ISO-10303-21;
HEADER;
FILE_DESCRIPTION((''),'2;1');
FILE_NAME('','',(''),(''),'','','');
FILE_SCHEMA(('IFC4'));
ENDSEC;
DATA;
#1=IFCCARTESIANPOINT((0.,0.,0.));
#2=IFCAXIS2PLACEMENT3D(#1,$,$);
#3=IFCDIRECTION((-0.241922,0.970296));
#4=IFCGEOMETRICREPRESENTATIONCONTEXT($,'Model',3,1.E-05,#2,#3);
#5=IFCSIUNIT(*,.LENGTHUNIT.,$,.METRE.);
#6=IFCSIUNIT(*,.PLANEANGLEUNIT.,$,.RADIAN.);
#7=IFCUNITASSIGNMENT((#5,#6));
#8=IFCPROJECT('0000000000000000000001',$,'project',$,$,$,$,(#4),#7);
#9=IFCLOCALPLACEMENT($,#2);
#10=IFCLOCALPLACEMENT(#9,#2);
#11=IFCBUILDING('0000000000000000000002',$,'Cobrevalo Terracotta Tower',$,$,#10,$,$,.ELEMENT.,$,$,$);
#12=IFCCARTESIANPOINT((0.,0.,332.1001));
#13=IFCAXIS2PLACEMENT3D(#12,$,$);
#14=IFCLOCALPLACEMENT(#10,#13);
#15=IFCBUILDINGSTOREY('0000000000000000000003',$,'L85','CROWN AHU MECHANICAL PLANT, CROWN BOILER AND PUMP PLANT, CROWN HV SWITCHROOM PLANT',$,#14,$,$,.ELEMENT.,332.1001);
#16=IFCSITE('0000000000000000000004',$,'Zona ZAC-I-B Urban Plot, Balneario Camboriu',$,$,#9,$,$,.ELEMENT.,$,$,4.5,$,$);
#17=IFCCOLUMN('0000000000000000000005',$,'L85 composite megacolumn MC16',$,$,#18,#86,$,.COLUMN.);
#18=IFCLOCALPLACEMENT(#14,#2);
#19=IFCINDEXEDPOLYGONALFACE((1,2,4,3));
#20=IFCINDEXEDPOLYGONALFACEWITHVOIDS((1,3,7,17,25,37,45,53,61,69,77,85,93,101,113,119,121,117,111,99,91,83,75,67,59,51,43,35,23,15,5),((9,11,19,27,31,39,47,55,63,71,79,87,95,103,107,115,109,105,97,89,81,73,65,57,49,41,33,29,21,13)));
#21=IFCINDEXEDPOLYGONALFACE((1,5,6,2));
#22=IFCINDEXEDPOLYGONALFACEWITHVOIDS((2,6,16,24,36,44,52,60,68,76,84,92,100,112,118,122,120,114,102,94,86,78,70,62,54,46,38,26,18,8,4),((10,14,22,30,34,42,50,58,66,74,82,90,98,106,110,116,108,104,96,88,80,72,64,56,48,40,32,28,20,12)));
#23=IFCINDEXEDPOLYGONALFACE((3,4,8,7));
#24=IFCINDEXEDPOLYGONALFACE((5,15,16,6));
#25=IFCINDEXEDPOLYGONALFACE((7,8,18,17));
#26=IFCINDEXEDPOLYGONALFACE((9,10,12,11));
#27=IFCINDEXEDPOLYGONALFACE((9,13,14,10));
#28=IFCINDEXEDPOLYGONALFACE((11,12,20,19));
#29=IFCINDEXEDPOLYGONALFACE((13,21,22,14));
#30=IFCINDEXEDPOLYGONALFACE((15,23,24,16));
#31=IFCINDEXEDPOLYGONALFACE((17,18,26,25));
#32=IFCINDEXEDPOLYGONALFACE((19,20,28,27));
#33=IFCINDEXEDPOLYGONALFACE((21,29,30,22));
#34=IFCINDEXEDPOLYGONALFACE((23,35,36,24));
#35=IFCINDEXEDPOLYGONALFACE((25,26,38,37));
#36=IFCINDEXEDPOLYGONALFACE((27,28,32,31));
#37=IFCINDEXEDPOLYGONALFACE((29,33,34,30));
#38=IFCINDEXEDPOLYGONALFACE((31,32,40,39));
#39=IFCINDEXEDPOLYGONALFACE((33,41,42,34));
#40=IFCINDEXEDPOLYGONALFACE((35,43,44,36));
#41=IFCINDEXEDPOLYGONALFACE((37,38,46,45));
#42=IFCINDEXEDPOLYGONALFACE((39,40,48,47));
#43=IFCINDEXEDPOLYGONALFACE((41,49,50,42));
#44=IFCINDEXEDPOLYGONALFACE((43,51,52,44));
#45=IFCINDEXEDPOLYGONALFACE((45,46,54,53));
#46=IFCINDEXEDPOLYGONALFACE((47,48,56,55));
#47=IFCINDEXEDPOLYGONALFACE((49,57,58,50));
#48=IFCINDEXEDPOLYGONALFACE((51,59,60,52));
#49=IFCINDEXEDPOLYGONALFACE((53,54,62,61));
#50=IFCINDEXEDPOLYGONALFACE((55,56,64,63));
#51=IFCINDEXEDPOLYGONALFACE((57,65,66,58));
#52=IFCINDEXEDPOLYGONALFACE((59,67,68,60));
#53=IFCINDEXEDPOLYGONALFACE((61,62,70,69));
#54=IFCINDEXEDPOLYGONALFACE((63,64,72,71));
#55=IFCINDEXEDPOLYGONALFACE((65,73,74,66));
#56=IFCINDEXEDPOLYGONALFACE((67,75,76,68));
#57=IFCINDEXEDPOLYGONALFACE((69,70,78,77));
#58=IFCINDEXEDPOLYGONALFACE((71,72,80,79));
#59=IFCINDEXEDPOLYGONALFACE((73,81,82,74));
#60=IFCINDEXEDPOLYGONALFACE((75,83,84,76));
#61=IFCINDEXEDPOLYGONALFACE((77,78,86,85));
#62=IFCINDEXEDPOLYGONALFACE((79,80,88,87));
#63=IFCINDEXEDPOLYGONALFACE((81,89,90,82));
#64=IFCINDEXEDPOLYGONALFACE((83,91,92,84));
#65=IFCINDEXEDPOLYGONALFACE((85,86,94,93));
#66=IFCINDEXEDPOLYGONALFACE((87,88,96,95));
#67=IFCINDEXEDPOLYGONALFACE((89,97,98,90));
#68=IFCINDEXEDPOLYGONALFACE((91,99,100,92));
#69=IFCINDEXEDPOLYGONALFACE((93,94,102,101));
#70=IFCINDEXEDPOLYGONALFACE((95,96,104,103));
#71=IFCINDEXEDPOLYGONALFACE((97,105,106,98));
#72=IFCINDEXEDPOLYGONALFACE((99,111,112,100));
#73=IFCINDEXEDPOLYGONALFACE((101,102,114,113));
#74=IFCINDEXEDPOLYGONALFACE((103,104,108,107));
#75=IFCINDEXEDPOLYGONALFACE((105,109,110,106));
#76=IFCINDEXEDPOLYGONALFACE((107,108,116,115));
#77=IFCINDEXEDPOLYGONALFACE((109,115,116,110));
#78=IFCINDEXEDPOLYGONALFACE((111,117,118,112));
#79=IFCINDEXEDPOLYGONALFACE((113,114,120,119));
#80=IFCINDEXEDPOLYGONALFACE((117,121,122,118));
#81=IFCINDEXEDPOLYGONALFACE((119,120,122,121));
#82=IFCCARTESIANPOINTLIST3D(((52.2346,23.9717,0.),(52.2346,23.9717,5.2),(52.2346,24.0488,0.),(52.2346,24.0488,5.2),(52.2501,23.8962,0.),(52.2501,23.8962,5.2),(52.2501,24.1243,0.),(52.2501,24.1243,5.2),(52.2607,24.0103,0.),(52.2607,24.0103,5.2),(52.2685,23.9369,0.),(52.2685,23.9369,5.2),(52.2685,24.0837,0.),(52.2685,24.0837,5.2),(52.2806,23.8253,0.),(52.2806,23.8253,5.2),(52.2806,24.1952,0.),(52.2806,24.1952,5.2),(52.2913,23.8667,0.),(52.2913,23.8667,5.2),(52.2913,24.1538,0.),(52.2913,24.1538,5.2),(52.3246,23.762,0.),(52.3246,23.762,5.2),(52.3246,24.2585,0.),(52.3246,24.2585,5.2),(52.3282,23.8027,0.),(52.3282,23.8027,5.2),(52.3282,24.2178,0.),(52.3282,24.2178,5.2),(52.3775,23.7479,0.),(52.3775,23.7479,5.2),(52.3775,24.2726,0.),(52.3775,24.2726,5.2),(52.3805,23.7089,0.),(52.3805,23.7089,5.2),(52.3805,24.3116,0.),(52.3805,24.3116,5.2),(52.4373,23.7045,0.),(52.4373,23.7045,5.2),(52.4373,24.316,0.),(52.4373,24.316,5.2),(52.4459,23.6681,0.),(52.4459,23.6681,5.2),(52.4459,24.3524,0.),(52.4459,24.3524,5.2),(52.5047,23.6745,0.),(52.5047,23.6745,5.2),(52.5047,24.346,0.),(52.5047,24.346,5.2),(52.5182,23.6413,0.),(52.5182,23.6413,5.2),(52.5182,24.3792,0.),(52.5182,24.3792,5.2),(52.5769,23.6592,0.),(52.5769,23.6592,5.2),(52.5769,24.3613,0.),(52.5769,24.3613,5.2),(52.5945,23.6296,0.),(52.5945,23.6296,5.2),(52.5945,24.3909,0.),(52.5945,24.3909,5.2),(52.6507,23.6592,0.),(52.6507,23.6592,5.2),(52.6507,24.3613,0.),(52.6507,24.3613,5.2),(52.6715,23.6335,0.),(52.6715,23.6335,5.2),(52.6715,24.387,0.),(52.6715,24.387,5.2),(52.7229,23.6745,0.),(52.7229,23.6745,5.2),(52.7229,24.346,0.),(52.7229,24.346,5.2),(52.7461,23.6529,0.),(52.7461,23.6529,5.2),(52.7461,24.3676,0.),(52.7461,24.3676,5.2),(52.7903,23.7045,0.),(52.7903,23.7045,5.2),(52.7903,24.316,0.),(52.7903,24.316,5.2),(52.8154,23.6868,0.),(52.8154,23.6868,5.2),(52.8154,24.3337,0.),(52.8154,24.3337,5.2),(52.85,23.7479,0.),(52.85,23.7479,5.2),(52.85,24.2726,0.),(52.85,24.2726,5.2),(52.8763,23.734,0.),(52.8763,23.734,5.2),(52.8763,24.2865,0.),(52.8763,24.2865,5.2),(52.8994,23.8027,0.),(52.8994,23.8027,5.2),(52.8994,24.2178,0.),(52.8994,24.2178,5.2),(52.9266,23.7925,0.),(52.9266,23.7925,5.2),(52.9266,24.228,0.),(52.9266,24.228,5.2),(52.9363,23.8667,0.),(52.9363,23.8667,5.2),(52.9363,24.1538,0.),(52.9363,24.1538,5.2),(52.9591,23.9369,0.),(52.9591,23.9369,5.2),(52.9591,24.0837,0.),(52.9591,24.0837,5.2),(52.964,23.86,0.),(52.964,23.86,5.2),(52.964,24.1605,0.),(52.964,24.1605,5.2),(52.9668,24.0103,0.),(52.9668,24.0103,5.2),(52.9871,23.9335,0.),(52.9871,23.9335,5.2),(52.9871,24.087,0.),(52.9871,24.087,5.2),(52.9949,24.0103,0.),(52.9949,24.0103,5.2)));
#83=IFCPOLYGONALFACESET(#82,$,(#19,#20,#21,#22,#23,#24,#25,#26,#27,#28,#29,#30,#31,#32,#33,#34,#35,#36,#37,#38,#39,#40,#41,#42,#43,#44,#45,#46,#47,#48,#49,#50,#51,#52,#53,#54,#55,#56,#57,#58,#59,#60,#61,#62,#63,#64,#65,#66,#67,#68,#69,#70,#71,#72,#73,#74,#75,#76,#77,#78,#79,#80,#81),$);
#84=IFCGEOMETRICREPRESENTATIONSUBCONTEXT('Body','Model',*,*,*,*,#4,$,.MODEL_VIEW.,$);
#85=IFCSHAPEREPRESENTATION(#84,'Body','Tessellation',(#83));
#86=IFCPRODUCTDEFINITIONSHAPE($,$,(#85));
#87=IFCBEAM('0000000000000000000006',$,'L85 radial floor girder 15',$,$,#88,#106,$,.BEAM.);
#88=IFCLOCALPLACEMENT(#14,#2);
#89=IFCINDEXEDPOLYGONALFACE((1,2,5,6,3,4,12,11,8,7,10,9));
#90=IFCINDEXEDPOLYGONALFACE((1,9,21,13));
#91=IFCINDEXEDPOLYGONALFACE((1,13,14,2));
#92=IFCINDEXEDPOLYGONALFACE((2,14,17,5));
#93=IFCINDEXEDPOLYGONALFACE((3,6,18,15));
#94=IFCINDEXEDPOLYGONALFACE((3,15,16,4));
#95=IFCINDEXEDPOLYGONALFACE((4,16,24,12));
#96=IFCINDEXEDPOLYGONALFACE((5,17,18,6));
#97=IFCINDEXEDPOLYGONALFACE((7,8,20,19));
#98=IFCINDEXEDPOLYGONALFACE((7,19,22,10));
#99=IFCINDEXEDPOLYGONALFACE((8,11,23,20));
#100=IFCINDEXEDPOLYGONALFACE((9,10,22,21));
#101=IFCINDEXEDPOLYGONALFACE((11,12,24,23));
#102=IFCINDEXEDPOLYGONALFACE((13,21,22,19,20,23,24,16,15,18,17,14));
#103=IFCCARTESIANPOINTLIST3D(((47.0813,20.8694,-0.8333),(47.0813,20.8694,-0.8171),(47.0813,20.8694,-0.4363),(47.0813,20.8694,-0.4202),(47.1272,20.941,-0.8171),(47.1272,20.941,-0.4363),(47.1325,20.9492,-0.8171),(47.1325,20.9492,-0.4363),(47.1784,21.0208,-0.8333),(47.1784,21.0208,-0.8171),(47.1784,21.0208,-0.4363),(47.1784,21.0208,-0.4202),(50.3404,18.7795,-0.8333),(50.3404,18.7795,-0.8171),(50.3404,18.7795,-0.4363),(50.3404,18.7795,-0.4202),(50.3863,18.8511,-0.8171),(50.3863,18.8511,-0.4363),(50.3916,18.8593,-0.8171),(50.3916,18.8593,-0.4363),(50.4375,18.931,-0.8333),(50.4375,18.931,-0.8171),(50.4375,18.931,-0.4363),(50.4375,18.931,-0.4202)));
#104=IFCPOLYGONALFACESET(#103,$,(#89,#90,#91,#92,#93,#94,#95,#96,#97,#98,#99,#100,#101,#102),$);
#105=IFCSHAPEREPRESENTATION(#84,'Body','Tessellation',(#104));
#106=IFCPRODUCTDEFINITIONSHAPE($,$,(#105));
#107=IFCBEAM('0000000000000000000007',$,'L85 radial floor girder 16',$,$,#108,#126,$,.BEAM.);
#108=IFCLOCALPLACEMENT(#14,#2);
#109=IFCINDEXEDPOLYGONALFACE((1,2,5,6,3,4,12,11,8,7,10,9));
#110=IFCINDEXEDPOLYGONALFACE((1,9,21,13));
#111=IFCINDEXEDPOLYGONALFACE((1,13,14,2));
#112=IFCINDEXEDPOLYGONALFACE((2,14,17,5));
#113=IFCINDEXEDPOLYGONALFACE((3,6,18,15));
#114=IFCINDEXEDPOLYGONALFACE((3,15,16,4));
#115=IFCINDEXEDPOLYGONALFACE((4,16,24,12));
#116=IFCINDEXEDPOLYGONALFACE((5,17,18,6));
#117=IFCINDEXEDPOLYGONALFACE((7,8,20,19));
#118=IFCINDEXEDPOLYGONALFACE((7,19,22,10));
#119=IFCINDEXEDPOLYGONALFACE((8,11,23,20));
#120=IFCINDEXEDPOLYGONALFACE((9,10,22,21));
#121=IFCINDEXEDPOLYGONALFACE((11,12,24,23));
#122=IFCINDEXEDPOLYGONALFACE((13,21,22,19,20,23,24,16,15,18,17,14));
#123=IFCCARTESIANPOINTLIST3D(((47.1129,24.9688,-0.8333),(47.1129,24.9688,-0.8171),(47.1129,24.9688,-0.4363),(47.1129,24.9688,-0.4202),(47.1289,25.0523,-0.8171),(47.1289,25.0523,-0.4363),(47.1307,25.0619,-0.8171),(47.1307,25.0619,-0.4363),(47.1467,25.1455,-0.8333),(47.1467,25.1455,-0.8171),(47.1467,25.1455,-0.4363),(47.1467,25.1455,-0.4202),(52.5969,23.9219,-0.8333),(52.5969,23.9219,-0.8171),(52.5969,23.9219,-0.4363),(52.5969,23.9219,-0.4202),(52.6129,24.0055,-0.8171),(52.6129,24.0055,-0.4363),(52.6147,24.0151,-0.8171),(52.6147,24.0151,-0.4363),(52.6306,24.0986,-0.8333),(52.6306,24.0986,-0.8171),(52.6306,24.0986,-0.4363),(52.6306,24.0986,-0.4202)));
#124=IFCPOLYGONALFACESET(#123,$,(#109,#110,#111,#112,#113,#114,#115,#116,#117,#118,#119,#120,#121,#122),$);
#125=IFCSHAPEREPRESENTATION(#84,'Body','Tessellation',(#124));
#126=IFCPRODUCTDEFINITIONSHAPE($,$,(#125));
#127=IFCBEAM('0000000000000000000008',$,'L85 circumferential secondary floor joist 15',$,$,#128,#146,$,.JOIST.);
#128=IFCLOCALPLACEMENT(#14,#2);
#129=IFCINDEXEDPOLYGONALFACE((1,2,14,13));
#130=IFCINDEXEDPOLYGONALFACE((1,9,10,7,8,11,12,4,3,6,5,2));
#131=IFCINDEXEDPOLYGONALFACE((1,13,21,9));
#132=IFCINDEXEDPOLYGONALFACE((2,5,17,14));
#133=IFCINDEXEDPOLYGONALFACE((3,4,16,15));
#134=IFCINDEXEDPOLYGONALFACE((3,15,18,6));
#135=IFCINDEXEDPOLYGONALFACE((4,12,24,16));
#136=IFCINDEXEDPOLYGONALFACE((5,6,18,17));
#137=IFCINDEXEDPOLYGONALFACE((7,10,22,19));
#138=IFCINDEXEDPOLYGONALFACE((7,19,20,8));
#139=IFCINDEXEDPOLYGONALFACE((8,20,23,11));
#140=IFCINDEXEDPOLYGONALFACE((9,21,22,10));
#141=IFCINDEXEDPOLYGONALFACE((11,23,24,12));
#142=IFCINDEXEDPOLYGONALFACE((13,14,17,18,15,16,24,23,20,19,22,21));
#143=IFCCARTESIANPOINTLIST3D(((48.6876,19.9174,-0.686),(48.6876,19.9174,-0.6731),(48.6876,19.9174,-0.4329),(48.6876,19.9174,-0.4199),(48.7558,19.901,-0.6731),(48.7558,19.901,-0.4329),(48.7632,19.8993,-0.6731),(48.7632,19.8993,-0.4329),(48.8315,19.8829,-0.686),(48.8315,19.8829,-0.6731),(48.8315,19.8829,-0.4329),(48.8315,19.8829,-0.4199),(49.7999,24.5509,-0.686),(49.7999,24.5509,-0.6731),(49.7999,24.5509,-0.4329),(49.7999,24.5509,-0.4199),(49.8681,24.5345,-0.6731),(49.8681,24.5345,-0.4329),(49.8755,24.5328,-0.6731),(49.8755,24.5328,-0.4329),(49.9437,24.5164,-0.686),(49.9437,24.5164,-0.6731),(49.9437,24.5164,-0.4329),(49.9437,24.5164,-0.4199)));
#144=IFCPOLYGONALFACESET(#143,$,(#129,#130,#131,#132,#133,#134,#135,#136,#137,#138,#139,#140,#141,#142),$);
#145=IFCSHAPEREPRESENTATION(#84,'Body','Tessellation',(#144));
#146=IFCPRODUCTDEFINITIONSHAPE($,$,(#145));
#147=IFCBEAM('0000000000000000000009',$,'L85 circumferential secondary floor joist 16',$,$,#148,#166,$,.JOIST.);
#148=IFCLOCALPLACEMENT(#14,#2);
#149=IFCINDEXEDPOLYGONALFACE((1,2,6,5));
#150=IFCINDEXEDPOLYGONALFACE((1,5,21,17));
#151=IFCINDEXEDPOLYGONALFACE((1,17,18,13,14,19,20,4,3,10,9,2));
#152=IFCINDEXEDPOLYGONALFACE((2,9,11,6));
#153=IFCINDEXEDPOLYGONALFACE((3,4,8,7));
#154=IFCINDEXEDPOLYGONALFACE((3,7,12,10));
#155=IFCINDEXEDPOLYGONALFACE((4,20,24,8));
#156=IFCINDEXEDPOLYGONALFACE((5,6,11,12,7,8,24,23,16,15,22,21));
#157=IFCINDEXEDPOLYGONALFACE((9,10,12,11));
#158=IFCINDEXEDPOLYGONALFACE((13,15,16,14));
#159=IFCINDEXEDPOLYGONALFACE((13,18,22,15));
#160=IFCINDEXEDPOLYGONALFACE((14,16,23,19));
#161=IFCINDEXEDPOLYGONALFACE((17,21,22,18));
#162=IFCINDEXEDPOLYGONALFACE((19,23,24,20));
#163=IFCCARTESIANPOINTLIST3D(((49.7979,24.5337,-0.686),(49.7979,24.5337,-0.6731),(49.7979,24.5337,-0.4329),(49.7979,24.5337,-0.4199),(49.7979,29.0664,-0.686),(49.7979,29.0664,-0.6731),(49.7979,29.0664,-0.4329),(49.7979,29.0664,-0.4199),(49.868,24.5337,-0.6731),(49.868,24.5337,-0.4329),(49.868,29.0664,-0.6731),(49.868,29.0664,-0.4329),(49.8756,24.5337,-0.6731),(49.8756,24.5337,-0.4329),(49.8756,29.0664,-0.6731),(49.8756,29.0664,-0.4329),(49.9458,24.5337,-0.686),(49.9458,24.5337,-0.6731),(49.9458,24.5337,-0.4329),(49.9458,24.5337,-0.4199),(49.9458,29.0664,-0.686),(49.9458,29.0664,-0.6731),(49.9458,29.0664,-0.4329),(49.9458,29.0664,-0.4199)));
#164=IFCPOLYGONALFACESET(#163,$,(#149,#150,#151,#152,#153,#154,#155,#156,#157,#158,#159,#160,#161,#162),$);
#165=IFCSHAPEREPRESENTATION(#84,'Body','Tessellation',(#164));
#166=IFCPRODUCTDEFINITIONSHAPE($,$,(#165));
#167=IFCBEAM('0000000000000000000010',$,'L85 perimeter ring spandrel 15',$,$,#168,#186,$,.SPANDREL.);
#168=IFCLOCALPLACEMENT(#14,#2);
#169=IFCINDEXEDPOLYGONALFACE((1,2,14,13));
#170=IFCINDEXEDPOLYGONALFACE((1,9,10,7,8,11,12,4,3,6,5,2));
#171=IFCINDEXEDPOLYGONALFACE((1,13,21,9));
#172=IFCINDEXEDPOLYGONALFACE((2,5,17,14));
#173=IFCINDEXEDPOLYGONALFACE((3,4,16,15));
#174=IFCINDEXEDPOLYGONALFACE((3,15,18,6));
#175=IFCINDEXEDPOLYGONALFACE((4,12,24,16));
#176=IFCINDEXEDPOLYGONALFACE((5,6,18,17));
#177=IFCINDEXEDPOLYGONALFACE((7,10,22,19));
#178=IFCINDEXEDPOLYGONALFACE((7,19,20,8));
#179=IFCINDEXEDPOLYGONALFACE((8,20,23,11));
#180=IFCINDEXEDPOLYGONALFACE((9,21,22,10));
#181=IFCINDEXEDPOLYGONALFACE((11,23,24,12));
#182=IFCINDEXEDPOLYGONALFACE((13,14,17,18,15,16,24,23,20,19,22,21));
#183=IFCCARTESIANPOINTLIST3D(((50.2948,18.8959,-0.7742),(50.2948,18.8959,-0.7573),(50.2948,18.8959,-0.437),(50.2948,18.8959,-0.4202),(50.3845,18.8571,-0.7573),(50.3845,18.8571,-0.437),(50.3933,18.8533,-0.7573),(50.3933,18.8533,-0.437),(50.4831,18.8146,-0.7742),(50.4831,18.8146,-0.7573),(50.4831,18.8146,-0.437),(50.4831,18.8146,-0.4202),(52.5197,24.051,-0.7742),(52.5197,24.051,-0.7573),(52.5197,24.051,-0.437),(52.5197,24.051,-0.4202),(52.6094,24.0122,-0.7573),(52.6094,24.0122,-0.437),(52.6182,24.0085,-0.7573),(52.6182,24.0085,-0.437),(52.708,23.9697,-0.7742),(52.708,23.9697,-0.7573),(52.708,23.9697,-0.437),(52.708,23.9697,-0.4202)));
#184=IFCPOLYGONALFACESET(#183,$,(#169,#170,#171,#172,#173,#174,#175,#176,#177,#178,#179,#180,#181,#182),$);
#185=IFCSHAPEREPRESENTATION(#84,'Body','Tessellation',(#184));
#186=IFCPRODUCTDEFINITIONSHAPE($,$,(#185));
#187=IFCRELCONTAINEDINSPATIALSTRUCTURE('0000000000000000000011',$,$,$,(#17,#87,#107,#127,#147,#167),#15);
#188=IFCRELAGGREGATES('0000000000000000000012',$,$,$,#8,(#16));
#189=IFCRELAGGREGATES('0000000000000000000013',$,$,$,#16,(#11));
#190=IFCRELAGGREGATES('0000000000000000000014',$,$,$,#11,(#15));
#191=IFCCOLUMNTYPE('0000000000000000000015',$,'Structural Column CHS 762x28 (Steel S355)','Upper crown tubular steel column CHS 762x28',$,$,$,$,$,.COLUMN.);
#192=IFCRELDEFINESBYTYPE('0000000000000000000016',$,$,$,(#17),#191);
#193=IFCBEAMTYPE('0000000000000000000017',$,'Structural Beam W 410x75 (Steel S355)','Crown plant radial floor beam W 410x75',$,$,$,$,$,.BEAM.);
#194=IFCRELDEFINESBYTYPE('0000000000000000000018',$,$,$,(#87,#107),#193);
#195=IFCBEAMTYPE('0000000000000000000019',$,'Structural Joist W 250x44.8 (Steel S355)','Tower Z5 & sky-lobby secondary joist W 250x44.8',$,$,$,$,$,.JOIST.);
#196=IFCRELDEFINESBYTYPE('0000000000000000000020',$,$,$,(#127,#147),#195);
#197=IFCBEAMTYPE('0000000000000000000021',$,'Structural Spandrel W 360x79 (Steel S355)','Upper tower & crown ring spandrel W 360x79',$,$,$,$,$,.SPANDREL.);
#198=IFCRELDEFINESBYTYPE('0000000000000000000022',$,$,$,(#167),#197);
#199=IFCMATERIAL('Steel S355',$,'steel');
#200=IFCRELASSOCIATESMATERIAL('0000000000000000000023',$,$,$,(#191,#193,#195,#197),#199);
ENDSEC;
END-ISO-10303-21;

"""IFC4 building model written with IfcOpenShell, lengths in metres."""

from ifc_helpers import new_model, si_unit, direction, frame, origin, origin_2d, place, context, subcontext, project, spatial, hollow_circle, i_section, extrude, material, material_profile, profile_set, type_object, element, save


model = new_model("IFC4")

# Units and contexts
model_context = context("Model", 3, precision=1e-05, world=origin(), true_north=direction((-0.241922, 0.970296)))
body_context = subcontext(model_context, "Body", "Model", "MODEL_VIEW")
ifc_project = project(units=[si_unit("LENGTHUNIT", "METRE"), si_unit("PLANEANGLEUNIT", "RADIAN")], contexts=[model_context])

# Site, building, storey
site_placement = place(None, origin())
site = spatial("IfcSite", under=ifc_project, at=site_placement, Name="Zona ZAC-I-B Urban Plot, Balneario Camboriu", CompositionType="ELEMENT", RefElevation=4.5)
building_placement = place(site_placement, origin())
building = spatial("IfcBuilding", under=site, at=building_placement, Name="Cobrevalo Terracotta Tower", CompositionType="ELEMENT")
storey_placement = place(building_placement, frame((0.0, 0.0, 332.1001)))
storey = spatial("IfcBuildingStorey", under=building, at=storey_placement, Name="L85", Description="CROWN AHU MECHANICAL PLANT, CROWN BOILER AND PUMP PLANT, CROWN HV SWITCHROOM PLANT", CompositionType="ELEMENT", Elevation=332.1001)

# Column
ifc_material_1 = material(Name="Steel S355", Category="steel")
ifc_material_profile_1 = material_profile(ifc_material_1, hollow_circle(Radius=0.3811, WallThickness=0.0281, at=origin_2d()), Name="CHS 762x28")
ifc_profile_set_1 = profile_set([ifc_material_profile_1], Name="Steel S355")
column_type = type_object("IfcColumnType", Name="Structural Column CHS 762x28 (Steel S355)", Description="Upper crown tubular steel column CHS 762x28", PredefinedType="COLUMN", material=ifc_profile_set_1)
column_placement = place(storey_placement, frame((52.6138, 24.0103, 0.0), z_axis=(0.0, 0.0, 1.0), x_axis=(1.0, 0.0, 0.0)))
element("IfcColumn", 1, at=column_placement, inside=storey, type_object=column_type, Name="L85 composite megacolumn MC16", PredefinedType="COLUMN", context=body_context, shape_type="SweptSolid", body=[
    extrude(hollow_circle(Radius=0.3811, WallThickness=0.0281, at=origin_2d()), origin(), (0.0, 0.0, 1.0), 5.2),
])

# Beams
ifc_material_profile_2 = material_profile(ifc_material_1, i_section(OverallWidth=0.1799, OverallDepth=0.4131, WebThickness=0.0098, FlangeThickness=0.0161, at=origin_2d()), Name="W 410x75")
ifc_profile_set_2 = profile_set([ifc_material_profile_2], Name="Steel S355")
beam_type_1 = type_object("IfcBeamType", Name="Structural Beam W 410x75 (Steel S355)", Description="Crown plant radial floor beam W 410x75", PredefinedType="BEAM", material=ifc_profile_set_2)
beam_1_placement = place(storey_placement, frame((50.3889, 18.8552, -0.6267), z_axis=(-0.841795, 0.539798, 0.0), x_axis=(-0.539798, -0.841795, 0.0)))
element("IfcBeam", 2, at=beam_1_placement, inside=storey, type_object=beam_type_1, Name="L85 radial floor girder 15", PredefinedType="BEAM", context=body_context, shape_type="SweptSolid", body=[
    extrude(i_section(OverallWidth=0.1799, OverallDepth=0.4131, WebThickness=0.0098, FlangeThickness=0.0161, at=origin_2d()), origin(), (0.0, 0.0, 1.0), 3.8716),
])
beam_2_placement = place(storey_placement, frame((52.6138, 24.0103, -0.6267), z_axis=(-0.982262, 0.187514, 0.0), x_axis=(-0.187514, -0.982262, 0.0)))
element("IfcBeam", 3, at=beam_2_placement, inside=storey, type_object=beam_type_1, Name="L85 radial floor girder 16", PredefinedType="BEAM", context=body_context, shape_type="SweptSolid", body=[
    extrude(i_section(OverallWidth=0.1799, OverallDepth=0.4131, WebThickness=0.0098, FlangeThickness=0.0161, at=origin_2d()), origin(), (0.0, 0.0, 1.0), 5.583),
])
ifc_material_profile_3 = material_profile(ifc_material_1, i_section(OverallWidth=0.1479, OverallDepth=0.2661, WebThickness=0.0076, FlangeThickness=0.0129, at=origin_2d()), Name="W 250x44.8")
ifc_profile_set_3 = profile_set([ifc_material_profile_3], Name="Steel S355")
beam_type_2 = type_object("IfcBeamType", Name="Structural Joist W 250x44.8 (Steel S355)", Description="Tower Z5 & sky-lobby secondary joist W 250x44.8", PredefinedType="JOIST", material=ifc_profile_set_3)
beam_3_placement = place(storey_placement, frame((48.7595, 19.9001, -0.553), z_axis=(0.233423, 0.972375, 0.0), x_axis=(-0.972375, 0.233423, 0.0)))
element("IfcBeam", 4, at=beam_3_placement, inside=storey, type_object=beam_type_2, Name="L85 circumferential secondary floor joist 15", PredefinedType="JOIST", context=body_context, shape_type="SweptSolid", body=[
    extrude(i_section(OverallWidth=0.1479, OverallDepth=0.2661, WebThickness=0.0076, FlangeThickness=0.0129, at=origin_2d()), origin(), (0.0, 0.0, 1.0), 4.7651),
])
beam_4_placement = place(storey_placement, frame((49.8718, 24.5337, -0.553), z_axis=(0.0, 1.0, 0.0), x_axis=(-1.0, 0.0, 0.0)))
element("IfcBeam", 5, at=beam_4_placement, inside=storey, type_object=beam_type_2, Name="L85 circumferential secondary floor joist 16", PredefinedType="JOIST", context=body_context, shape_type="SweptSolid", body=[
    extrude(i_section(OverallWidth=0.1479, OverallDepth=0.2661, WebThickness=0.0076, FlangeThickness=0.0129, at=origin_2d()), origin(), (0.0, 0.0, 1.0), 4.5327),
])
ifc_material_profile_4 = material_profile(ifc_material_1, i_section(OverallWidth=0.2051, OverallDepth=0.354, WebThickness=0.0095, FlangeThickness=0.0168, at=origin_2d()), Name="W 360x79")
ifc_profile_set_4 = profile_set([ifc_material_profile_4], Name="Steel S355")
beam_type_3 = type_object("IfcBeamType", Name="Structural Spandrel W 360x79 (Steel S355)", Description="Upper tower & crown ring spandrel W 360x79", PredefinedType="SPANDREL", material=ifc_profile_set_4)
beam_5_placement = place(storey_placement, frame((50.3889, 18.8552, -0.5972), z_axis=(0.396259, 0.918139, 0.0), x_axis=(-0.918139, 0.396259, 0.0)))
element("IfcBeam", 6, at=beam_5_placement, inside=storey, type_object=beam_type_3, Name="L85 perimeter ring spandrel 15", PredefinedType="SPANDREL", context=body_context, shape_type="SweptSolid", body=[
    extrude(i_section(OverallWidth=0.2051, OverallDepth=0.354, WebThickness=0.0095, FlangeThickness=0.0168, at=origin_2d()), origin(), (0.0, 0.0, 1.0), 5.6147),
])

save(model, "model.ifc")
